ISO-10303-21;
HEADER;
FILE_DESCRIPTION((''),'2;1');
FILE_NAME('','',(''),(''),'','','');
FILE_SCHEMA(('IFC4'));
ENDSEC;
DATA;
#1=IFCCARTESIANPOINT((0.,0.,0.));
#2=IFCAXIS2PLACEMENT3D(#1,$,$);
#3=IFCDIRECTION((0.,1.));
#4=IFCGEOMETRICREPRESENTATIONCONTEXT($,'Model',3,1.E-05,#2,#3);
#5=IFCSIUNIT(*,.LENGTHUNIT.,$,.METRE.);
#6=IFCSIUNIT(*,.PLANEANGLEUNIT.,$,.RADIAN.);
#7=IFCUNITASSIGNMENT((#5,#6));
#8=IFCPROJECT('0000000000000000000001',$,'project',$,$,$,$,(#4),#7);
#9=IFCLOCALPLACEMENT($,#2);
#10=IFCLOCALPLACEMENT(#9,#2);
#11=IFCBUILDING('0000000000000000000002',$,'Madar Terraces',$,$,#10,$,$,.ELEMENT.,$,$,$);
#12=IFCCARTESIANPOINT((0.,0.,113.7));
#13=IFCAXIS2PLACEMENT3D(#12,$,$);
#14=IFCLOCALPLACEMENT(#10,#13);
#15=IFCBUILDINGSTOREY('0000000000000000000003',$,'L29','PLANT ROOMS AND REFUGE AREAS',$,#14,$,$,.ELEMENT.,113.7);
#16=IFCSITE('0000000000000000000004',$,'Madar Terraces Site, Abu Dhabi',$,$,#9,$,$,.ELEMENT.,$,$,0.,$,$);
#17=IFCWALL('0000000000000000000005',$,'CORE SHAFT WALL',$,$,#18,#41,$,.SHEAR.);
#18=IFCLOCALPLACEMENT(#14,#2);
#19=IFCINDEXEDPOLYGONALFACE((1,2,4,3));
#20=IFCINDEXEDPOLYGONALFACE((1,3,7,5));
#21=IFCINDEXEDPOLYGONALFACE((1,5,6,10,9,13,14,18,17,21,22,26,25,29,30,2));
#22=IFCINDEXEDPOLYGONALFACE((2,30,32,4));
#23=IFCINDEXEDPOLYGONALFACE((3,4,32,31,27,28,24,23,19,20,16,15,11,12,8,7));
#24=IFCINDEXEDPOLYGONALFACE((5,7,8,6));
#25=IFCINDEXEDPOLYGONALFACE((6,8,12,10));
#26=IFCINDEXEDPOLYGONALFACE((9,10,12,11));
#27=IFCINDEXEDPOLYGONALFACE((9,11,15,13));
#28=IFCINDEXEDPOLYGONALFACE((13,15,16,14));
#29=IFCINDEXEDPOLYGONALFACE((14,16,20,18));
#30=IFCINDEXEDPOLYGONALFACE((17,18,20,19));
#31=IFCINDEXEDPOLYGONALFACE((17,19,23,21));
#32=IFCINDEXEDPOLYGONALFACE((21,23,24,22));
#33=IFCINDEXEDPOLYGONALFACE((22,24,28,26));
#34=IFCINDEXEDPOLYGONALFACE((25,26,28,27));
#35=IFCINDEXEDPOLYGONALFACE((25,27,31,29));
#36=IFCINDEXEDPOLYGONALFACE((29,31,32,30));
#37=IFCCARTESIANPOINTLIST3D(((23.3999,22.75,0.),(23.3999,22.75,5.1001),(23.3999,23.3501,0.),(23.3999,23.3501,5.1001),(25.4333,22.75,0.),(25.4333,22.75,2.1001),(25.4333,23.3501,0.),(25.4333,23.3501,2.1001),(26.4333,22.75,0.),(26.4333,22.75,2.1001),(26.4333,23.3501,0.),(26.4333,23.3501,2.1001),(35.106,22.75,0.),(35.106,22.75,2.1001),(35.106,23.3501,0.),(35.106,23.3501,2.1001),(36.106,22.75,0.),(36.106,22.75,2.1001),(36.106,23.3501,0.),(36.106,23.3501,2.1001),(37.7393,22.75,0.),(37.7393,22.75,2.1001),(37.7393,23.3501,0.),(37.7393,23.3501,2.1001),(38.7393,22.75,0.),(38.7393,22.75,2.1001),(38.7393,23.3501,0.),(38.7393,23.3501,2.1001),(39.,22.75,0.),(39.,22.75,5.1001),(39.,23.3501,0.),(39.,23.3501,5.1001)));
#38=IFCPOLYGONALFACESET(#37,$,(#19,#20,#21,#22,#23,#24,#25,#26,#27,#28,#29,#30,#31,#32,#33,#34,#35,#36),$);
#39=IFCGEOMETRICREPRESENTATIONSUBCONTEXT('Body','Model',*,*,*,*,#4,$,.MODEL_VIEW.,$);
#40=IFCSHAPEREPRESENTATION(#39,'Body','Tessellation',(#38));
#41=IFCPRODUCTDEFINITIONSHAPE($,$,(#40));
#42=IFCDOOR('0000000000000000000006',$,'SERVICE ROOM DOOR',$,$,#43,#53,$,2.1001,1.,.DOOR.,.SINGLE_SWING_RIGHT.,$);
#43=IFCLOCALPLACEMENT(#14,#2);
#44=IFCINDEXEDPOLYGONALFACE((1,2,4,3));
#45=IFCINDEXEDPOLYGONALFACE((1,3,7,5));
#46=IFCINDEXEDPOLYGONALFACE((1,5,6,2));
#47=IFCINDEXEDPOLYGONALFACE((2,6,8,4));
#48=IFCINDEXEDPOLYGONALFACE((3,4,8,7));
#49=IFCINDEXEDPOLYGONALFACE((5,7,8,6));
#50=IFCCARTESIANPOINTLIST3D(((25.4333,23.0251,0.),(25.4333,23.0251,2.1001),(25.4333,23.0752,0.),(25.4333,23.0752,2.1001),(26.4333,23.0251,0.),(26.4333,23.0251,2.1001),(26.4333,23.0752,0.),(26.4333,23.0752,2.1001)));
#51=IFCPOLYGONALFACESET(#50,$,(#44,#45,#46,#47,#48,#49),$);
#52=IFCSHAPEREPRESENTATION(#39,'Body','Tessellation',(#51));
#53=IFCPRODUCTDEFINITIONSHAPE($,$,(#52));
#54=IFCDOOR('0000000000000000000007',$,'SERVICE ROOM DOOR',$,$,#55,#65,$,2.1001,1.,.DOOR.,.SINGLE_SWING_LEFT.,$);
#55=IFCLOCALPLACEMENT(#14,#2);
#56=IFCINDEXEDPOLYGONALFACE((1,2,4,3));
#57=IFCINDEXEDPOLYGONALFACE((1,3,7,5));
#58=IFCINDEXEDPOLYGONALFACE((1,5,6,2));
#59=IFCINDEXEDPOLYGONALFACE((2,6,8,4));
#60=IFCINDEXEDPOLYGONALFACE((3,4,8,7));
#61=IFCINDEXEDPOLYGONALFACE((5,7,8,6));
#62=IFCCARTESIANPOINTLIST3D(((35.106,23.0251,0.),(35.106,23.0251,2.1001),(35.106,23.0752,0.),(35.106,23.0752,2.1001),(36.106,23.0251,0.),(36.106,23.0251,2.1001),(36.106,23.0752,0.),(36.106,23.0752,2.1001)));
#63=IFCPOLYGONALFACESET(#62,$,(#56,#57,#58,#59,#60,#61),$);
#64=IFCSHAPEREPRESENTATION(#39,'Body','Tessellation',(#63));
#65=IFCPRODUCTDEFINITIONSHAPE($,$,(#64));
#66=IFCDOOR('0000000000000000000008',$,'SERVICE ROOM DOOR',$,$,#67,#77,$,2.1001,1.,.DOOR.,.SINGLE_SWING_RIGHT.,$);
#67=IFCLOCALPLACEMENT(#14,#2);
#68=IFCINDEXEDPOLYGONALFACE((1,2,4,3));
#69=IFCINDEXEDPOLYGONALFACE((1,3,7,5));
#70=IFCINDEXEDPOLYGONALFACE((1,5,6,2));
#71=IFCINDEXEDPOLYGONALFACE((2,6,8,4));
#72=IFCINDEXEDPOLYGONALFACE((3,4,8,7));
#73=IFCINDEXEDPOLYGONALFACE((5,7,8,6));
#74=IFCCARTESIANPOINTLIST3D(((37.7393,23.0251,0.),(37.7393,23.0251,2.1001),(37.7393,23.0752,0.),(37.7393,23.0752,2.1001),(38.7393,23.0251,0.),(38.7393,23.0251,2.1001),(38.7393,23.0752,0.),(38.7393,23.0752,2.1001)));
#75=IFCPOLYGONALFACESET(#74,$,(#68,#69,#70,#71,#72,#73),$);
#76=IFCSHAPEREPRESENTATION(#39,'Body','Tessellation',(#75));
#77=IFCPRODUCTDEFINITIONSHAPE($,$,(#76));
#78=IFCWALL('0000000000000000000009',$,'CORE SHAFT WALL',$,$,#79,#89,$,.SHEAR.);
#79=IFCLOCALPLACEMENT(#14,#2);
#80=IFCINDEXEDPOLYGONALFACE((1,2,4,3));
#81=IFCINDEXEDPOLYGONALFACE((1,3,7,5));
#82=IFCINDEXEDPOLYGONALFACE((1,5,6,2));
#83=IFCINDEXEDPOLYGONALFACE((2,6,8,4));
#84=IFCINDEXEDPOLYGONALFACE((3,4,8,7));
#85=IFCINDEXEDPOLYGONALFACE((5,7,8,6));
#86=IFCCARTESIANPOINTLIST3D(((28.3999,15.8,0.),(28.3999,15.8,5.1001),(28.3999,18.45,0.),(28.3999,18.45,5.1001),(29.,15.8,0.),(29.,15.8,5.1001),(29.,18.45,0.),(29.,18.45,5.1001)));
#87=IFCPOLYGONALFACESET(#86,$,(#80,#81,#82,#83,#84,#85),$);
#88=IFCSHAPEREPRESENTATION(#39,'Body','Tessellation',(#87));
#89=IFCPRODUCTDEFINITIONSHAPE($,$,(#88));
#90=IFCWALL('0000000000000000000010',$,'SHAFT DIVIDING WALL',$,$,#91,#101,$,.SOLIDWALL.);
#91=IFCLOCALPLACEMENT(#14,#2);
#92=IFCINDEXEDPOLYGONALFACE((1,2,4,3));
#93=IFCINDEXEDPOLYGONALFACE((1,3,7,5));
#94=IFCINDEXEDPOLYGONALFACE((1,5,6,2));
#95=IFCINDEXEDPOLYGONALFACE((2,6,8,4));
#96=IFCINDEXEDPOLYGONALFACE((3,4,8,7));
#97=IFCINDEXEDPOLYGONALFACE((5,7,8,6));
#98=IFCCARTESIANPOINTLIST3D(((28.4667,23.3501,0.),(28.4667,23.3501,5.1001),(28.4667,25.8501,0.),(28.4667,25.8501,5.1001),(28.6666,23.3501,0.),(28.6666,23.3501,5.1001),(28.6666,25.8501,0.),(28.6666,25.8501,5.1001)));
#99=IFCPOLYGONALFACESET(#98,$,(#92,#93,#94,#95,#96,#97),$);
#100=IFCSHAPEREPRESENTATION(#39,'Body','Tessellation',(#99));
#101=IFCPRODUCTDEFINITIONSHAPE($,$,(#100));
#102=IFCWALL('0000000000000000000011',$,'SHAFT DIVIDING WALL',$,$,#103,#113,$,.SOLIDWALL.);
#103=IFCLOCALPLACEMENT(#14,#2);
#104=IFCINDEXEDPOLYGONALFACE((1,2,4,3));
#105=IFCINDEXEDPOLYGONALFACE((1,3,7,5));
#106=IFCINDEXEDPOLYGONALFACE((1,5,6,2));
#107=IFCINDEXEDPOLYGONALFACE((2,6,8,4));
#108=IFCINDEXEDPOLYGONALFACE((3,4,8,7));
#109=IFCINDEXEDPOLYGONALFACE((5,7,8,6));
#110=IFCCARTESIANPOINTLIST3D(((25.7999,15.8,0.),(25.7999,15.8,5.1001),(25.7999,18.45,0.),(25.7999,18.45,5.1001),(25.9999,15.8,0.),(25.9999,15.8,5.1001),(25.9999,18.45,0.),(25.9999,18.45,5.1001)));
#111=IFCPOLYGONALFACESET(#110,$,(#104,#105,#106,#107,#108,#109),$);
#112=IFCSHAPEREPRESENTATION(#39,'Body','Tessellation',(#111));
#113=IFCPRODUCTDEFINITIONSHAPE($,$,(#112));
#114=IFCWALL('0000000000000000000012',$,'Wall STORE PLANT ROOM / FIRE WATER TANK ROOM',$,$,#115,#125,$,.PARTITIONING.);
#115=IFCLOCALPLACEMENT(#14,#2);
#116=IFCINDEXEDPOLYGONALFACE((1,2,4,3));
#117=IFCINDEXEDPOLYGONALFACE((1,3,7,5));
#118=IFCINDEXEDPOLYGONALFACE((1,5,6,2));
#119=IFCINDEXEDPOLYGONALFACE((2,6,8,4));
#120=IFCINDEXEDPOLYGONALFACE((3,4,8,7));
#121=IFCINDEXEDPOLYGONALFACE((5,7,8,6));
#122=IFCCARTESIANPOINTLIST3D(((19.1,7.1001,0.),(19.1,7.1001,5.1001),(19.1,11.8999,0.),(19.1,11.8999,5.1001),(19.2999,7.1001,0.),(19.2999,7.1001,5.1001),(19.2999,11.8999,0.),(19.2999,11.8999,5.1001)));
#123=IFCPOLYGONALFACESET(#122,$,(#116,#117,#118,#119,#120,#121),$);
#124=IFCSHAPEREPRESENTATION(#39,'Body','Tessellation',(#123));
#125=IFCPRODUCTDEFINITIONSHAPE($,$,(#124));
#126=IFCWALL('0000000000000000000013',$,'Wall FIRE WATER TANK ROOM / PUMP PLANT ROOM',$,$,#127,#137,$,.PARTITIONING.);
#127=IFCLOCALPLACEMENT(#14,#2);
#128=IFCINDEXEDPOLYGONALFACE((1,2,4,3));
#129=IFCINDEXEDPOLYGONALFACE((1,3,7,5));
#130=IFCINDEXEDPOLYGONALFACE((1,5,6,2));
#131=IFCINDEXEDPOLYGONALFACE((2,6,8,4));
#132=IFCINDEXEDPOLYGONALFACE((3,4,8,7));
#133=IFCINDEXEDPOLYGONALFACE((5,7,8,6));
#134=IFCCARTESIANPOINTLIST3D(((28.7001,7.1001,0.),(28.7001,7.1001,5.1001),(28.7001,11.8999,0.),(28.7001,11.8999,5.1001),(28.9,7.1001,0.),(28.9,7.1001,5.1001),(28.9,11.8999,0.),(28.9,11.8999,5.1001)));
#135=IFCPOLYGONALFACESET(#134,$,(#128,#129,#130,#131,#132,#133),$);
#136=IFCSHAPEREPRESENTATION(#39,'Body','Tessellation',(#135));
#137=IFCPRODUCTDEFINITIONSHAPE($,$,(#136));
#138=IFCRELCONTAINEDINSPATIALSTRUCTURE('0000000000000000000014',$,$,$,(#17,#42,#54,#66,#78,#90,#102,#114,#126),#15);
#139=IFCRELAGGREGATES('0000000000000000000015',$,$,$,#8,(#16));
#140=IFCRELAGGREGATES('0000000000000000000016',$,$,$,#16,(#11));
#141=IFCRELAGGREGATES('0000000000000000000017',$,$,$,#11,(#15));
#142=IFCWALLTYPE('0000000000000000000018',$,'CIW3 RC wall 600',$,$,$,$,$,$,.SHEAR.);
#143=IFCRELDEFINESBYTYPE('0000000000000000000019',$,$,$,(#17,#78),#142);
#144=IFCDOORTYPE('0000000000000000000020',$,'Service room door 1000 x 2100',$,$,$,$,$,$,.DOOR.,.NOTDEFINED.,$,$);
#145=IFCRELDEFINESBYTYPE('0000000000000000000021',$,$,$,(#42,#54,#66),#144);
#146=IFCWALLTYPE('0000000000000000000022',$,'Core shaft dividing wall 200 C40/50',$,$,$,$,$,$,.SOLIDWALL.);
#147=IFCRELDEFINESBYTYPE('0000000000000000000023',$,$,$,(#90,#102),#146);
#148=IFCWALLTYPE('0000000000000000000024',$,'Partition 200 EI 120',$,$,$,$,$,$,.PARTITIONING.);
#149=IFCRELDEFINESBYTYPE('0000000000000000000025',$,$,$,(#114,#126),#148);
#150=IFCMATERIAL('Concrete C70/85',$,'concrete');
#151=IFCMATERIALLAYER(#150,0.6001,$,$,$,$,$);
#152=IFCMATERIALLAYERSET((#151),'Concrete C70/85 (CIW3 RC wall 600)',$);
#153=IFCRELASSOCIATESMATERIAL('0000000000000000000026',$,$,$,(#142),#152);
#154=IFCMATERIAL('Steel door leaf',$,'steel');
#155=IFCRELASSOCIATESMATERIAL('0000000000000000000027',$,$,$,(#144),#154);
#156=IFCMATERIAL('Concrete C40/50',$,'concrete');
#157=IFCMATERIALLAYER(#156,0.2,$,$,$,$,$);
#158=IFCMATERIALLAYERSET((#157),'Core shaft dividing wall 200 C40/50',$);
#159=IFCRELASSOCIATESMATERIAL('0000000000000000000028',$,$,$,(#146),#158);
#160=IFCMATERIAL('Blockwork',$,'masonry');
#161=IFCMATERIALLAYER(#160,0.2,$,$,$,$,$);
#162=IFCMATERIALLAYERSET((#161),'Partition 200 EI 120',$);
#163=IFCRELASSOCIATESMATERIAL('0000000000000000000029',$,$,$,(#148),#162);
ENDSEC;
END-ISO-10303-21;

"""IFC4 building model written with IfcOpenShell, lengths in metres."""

from ifc_helpers import new_model, si_unit, direction, frame, frame_2d, origin, place, context, subcontext, project, spatial, rectangle, extrude, material, layer, layer_set, type_object, element, fill, save


model = new_model("IFC4")

# Units and contexts
model_context = context("Model", 3, precision=1e-05, world=origin(), true_north=direction((0.0, 1.0)))
body_context = subcontext(model_context, "Body", "Model", "MODEL_VIEW")
ifc_project = project(units=[si_unit("LENGTHUNIT", "METRE"), si_unit("PLANEANGLEUNIT", "RADIAN")], contexts=[model_context])

# Site, building, storey
site_placement = place(None, origin())
site = spatial("IfcSite", under=ifc_project, at=site_placement, Name="Madar Terraces Site, Abu Dhabi", CompositionType="ELEMENT", RefElevation=0.0)
building_placement = place(site_placement, origin())
building = spatial("IfcBuilding", under=site, at=building_placement, Name="Madar Terraces", CompositionType="ELEMENT")
storey_placement = place(building_placement, frame((0.0, 0.0, 113.7)))
storey = spatial("IfcBuildingStorey", under=building, at=storey_placement, Name="L29", Description="PLANT ROOMS AND REFUGE AREAS", CompositionType="ELEMENT", Elevation=113.7)

# Shared definitions
ifc_material_1 = material(Name="Concrete C70/85", Category="concrete")
ifc_layer_1 = layer(ifc_material_1, 0.6001)
ifc_layer_set_1 = layer_set([ifc_layer_1], Name="Concrete C70/85 (CIW3 RC wall 600)")
wall_type_1 = type_object("IfcWallType", Name="CIW3 RC wall 600", PredefinedType="SHEAR", material=ifc_layer_set_1)

# Wall, openings, doors
wall_1_placement = place(storey_placement, frame((23.3999, 23.05, 0.0), z_axis=(0.0, 0.0, 1.0), x_axis=(1.0, 0.0, 0.0)))
wall_1 = element("IfcWall", 1, at=wall_1_placement, inside=storey, type_object=wall_type_1, Name="CORE SHAFT WALL", PredefinedType="SHEAR", context=body_context, shape_type="SweptSolid", body=[
    extrude(rectangle(XDim=15.6001, YDim=0.6001, at=frame_2d((7.8, 0.0))), origin(), (0.0, 0.0, 1.0), 5.1001),
])
opening_1_placement = place(wall_1_placement, frame((2.0334, 0.0, 0.0)))
opening_1 = element("IfcOpeningElement", 2, at=opening_1_placement, cuts=wall_1, PredefinedType="OPENING", context=body_context, shape_type="SweptSolid", body=[
    extrude(rectangle(XDim=1.0, YDim=2.1001, at=frame_2d((0.5, 1.05))), frame((0.0, 0.3101, 0.0), z_axis=(0.0, -1.0, 0.0), x_axis=(1.0, 0.0, 0.0)), (0.0, 0.0, 1.0), 0.6201),
])
opening_2_placement = place(wall_1_placement, frame((11.7061, 0.0, 0.0)))
opening_2 = element("IfcOpeningElement", 3, at=opening_2_placement, cuts=wall_1, PredefinedType="OPENING", context=body_context, shape_type="SweptSolid", body=[
    extrude(rectangle(XDim=1.0, YDim=2.1001, at=frame_2d((0.5, 1.05))), frame((0.0, 0.3101, 0.0), z_axis=(0.0, -1.0, 0.0), x_axis=(1.0, 0.0, 0.0)), (0.0, 0.0, 1.0), 0.6201),
])
opening_3_placement = place(wall_1_placement, frame((14.3394, 0.0, 0.0)))
opening_3 = element("IfcOpeningElement", 4, at=opening_3_placement, cuts=wall_1, PredefinedType="OPENING", context=body_context, shape_type="SweptSolid", body=[
    extrude(rectangle(XDim=1.0, YDim=2.1001, at=frame_2d((0.5, 1.05))), frame((0.0, 0.3101, 0.0), z_axis=(0.0, -1.0, 0.0), x_axis=(1.0, 0.0, 0.0)), (0.0, 0.0, 1.0), 0.6201),
])
ifc_material_2 = material(Name="Steel door leaf", Category="steel")
door_type_1 = type_object("IfcDoorType", Name="Service room door 1000 x 2100", OperationType="NOTDEFINED", PredefinedType="DOOR", material=ifc_material_2)
door_1_placement = place(opening_1_placement, frame((1.0, 0.0, 0.0), z_axis=(0.0, 0.0, 1.0), x_axis=(-1.0, 0.0, 0.0)))
door_1 = element("IfcDoor", 5, at=door_1_placement, inside=storey, type_object=door_type_1, Name="SERVICE ROOM DOOR", OperationType="SINGLE_SWING_RIGHT", OverallHeight=2.1001, OverallWidth=1.0, PredefinedType="DOOR", context=body_context, shape_type="SweptSolid", body=[
    extrude(rectangle(XDim=1.0, YDim=2.1001, at=frame_2d((0.5, 1.05))), frame((0.0, 0.0249, 0.0), z_axis=(0.0, -1.0, 0.0), x_axis=(1.0, 0.0, 0.0)), (0.0, 0.0, 1.0), 0.05),
])
fill(opening_1, door_1)
door_2_placement = place(opening_2_placement, frame((1.0, 0.0, 0.0), z_axis=(0.0, 0.0, 1.0), x_axis=(-1.0, 0.0, 0.0)))
door_2 = element("IfcDoor", 6, at=door_2_placement, inside=storey, type_object=door_type_1, Name="SERVICE ROOM DOOR", OperationType="SINGLE_SWING_LEFT", OverallHeight=2.1001, OverallWidth=1.0, PredefinedType="DOOR", context=body_context, shape_type="SweptSolid", body=[
    extrude(rectangle(XDim=1.0, YDim=2.1001, at=frame_2d((0.5, 1.05))), frame((0.0, 0.0249, 0.0), z_axis=(0.0, -1.0, 0.0), x_axis=(1.0, 0.0, 0.0)), (0.0, 0.0, 1.0), 0.05),
])
fill(opening_2, door_2)
door_3_placement = place(opening_3_placement, frame((1.0, 0.0, 0.0), z_axis=(0.0, 0.0, 1.0), x_axis=(-1.0, 0.0, 0.0)))
door_3 = element("IfcDoor", 7, at=door_3_placement, inside=storey, type_object=door_type_1, Name="SERVICE ROOM DOOR", OperationType="SINGLE_SWING_RIGHT", OverallHeight=2.1001, OverallWidth=1.0, PredefinedType="DOOR", context=body_context, shape_type="SweptSolid", body=[
    extrude(rectangle(XDim=1.0, YDim=2.1001, at=frame_2d((0.5, 1.05))), frame((0.0, 0.0249, 0.0), z_axis=(0.0, -1.0, 0.0), x_axis=(1.0, 0.0, 0.0)), (0.0, 0.0, 1.0), 0.05),
])
fill(opening_3, door_3)

# Walls
wall_2_placement = place(storey_placement, frame((28.7, 15.8, 0.0), z_axis=(0.0, 0.0, 1.0), x_axis=(0.0, 1.0, 0.0)))
element("IfcWall", 8, at=wall_2_placement, inside=storey, type_object=wall_type_1, Name="CORE SHAFT WALL", PredefinedType="SHEAR", context=body_context, shape_type="SweptSolid", body=[
    extrude(rectangle(XDim=2.6499, YDim=0.6001, at=frame_2d((1.325, 0.0))), origin(), (0.0, 0.0, 1.0), 5.1001),
])
ifc_material_3 = material(Name="Concrete C40/50", Category="concrete")
ifc_layer_2 = layer(ifc_material_3, 0.2)
ifc_layer_set_2 = layer_set([ifc_layer_2], Name="Core shaft dividing wall 200 C40/50")
wall_type_2 = type_object("IfcWallType", Name="Core shaft dividing wall 200 C40/50", PredefinedType="SOLIDWALL", material=ifc_layer_set_2)
wall_3_placement = place(storey_placement, frame((28.5667, 23.3501, 0.0), z_axis=(0.0, 0.0, 1.0), x_axis=(0.0, 1.0, 0.0)))
element("IfcWall", 9, at=wall_3_placement, inside=storey, type_object=wall_type_2, Name="SHAFT DIVIDING WALL", PredefinedType="SOLIDWALL", context=body_context, shape_type="SweptSolid", body=[
    extrude(rectangle(XDim=2.5, YDim=0.2, at=frame_2d((1.25, 0.0))), origin(), (0.0, 0.0, 1.0), 5.1001),
])
wall_4_placement = place(storey_placement, frame((25.8999, 15.8, 0.0), z_axis=(0.0, 0.0, 1.0), x_axis=(0.0, 1.0, 0.0)))
element("IfcWall", 10, at=wall_4_placement, inside=storey, type_object=wall_type_2, Name="SHAFT DIVIDING WALL", PredefinedType="SOLIDWALL", context=body_context, shape_type="SweptSolid", body=[
    extrude(rectangle(XDim=2.6499, YDim=0.2, at=frame_2d((1.325, 0.0))), origin(), (0.0, 0.0, 1.0), 5.1001),
])
ifc_material_4 = material(Name="Blockwork", Category="masonry")
ifc_layer_3 = layer(ifc_material_4, 0.2)
ifc_layer_set_3 = layer_set([ifc_layer_3], Name="Partition 200 EI 120")
wall_type_3 = type_object("IfcWallType", Name="Partition 200 EI 120", PredefinedType="PARTITIONING", material=ifc_layer_set_3)
for number, where, z_axis, x_axis, name in (
    (11, (19.2, 7.1001, 0.0), (0.0, 0.0, 1.0), (0.0, 1.0, 0.0), "Wall STORE PLANT ROOM / FIRE WATER TANK ROOM"),
    (12, (28.8, 7.1001, 0.0), (0.0, 0.0, 1.0), (0.0, 1.0, 0.0), "Wall FIRE WATER TANK ROOM / PUMP PLANT ROOM"),
):
    element("IfcWall", number, at=place(storey_placement, frame(where, z_axis=z_axis, x_axis=x_axis)), inside=storey, type_object=wall_type_3, Name=name, PredefinedType="PARTITIONING", context=body_context, shape_type="SweptSolid", body=[
        extrude(rectangle(XDim=4.7998, YDim=0.2, at=frame_2d((2.3999, 0.0))), origin(), (0.0, 0.0, 1.0), 5.1001),
    ])

save(model, "model.ifc")
